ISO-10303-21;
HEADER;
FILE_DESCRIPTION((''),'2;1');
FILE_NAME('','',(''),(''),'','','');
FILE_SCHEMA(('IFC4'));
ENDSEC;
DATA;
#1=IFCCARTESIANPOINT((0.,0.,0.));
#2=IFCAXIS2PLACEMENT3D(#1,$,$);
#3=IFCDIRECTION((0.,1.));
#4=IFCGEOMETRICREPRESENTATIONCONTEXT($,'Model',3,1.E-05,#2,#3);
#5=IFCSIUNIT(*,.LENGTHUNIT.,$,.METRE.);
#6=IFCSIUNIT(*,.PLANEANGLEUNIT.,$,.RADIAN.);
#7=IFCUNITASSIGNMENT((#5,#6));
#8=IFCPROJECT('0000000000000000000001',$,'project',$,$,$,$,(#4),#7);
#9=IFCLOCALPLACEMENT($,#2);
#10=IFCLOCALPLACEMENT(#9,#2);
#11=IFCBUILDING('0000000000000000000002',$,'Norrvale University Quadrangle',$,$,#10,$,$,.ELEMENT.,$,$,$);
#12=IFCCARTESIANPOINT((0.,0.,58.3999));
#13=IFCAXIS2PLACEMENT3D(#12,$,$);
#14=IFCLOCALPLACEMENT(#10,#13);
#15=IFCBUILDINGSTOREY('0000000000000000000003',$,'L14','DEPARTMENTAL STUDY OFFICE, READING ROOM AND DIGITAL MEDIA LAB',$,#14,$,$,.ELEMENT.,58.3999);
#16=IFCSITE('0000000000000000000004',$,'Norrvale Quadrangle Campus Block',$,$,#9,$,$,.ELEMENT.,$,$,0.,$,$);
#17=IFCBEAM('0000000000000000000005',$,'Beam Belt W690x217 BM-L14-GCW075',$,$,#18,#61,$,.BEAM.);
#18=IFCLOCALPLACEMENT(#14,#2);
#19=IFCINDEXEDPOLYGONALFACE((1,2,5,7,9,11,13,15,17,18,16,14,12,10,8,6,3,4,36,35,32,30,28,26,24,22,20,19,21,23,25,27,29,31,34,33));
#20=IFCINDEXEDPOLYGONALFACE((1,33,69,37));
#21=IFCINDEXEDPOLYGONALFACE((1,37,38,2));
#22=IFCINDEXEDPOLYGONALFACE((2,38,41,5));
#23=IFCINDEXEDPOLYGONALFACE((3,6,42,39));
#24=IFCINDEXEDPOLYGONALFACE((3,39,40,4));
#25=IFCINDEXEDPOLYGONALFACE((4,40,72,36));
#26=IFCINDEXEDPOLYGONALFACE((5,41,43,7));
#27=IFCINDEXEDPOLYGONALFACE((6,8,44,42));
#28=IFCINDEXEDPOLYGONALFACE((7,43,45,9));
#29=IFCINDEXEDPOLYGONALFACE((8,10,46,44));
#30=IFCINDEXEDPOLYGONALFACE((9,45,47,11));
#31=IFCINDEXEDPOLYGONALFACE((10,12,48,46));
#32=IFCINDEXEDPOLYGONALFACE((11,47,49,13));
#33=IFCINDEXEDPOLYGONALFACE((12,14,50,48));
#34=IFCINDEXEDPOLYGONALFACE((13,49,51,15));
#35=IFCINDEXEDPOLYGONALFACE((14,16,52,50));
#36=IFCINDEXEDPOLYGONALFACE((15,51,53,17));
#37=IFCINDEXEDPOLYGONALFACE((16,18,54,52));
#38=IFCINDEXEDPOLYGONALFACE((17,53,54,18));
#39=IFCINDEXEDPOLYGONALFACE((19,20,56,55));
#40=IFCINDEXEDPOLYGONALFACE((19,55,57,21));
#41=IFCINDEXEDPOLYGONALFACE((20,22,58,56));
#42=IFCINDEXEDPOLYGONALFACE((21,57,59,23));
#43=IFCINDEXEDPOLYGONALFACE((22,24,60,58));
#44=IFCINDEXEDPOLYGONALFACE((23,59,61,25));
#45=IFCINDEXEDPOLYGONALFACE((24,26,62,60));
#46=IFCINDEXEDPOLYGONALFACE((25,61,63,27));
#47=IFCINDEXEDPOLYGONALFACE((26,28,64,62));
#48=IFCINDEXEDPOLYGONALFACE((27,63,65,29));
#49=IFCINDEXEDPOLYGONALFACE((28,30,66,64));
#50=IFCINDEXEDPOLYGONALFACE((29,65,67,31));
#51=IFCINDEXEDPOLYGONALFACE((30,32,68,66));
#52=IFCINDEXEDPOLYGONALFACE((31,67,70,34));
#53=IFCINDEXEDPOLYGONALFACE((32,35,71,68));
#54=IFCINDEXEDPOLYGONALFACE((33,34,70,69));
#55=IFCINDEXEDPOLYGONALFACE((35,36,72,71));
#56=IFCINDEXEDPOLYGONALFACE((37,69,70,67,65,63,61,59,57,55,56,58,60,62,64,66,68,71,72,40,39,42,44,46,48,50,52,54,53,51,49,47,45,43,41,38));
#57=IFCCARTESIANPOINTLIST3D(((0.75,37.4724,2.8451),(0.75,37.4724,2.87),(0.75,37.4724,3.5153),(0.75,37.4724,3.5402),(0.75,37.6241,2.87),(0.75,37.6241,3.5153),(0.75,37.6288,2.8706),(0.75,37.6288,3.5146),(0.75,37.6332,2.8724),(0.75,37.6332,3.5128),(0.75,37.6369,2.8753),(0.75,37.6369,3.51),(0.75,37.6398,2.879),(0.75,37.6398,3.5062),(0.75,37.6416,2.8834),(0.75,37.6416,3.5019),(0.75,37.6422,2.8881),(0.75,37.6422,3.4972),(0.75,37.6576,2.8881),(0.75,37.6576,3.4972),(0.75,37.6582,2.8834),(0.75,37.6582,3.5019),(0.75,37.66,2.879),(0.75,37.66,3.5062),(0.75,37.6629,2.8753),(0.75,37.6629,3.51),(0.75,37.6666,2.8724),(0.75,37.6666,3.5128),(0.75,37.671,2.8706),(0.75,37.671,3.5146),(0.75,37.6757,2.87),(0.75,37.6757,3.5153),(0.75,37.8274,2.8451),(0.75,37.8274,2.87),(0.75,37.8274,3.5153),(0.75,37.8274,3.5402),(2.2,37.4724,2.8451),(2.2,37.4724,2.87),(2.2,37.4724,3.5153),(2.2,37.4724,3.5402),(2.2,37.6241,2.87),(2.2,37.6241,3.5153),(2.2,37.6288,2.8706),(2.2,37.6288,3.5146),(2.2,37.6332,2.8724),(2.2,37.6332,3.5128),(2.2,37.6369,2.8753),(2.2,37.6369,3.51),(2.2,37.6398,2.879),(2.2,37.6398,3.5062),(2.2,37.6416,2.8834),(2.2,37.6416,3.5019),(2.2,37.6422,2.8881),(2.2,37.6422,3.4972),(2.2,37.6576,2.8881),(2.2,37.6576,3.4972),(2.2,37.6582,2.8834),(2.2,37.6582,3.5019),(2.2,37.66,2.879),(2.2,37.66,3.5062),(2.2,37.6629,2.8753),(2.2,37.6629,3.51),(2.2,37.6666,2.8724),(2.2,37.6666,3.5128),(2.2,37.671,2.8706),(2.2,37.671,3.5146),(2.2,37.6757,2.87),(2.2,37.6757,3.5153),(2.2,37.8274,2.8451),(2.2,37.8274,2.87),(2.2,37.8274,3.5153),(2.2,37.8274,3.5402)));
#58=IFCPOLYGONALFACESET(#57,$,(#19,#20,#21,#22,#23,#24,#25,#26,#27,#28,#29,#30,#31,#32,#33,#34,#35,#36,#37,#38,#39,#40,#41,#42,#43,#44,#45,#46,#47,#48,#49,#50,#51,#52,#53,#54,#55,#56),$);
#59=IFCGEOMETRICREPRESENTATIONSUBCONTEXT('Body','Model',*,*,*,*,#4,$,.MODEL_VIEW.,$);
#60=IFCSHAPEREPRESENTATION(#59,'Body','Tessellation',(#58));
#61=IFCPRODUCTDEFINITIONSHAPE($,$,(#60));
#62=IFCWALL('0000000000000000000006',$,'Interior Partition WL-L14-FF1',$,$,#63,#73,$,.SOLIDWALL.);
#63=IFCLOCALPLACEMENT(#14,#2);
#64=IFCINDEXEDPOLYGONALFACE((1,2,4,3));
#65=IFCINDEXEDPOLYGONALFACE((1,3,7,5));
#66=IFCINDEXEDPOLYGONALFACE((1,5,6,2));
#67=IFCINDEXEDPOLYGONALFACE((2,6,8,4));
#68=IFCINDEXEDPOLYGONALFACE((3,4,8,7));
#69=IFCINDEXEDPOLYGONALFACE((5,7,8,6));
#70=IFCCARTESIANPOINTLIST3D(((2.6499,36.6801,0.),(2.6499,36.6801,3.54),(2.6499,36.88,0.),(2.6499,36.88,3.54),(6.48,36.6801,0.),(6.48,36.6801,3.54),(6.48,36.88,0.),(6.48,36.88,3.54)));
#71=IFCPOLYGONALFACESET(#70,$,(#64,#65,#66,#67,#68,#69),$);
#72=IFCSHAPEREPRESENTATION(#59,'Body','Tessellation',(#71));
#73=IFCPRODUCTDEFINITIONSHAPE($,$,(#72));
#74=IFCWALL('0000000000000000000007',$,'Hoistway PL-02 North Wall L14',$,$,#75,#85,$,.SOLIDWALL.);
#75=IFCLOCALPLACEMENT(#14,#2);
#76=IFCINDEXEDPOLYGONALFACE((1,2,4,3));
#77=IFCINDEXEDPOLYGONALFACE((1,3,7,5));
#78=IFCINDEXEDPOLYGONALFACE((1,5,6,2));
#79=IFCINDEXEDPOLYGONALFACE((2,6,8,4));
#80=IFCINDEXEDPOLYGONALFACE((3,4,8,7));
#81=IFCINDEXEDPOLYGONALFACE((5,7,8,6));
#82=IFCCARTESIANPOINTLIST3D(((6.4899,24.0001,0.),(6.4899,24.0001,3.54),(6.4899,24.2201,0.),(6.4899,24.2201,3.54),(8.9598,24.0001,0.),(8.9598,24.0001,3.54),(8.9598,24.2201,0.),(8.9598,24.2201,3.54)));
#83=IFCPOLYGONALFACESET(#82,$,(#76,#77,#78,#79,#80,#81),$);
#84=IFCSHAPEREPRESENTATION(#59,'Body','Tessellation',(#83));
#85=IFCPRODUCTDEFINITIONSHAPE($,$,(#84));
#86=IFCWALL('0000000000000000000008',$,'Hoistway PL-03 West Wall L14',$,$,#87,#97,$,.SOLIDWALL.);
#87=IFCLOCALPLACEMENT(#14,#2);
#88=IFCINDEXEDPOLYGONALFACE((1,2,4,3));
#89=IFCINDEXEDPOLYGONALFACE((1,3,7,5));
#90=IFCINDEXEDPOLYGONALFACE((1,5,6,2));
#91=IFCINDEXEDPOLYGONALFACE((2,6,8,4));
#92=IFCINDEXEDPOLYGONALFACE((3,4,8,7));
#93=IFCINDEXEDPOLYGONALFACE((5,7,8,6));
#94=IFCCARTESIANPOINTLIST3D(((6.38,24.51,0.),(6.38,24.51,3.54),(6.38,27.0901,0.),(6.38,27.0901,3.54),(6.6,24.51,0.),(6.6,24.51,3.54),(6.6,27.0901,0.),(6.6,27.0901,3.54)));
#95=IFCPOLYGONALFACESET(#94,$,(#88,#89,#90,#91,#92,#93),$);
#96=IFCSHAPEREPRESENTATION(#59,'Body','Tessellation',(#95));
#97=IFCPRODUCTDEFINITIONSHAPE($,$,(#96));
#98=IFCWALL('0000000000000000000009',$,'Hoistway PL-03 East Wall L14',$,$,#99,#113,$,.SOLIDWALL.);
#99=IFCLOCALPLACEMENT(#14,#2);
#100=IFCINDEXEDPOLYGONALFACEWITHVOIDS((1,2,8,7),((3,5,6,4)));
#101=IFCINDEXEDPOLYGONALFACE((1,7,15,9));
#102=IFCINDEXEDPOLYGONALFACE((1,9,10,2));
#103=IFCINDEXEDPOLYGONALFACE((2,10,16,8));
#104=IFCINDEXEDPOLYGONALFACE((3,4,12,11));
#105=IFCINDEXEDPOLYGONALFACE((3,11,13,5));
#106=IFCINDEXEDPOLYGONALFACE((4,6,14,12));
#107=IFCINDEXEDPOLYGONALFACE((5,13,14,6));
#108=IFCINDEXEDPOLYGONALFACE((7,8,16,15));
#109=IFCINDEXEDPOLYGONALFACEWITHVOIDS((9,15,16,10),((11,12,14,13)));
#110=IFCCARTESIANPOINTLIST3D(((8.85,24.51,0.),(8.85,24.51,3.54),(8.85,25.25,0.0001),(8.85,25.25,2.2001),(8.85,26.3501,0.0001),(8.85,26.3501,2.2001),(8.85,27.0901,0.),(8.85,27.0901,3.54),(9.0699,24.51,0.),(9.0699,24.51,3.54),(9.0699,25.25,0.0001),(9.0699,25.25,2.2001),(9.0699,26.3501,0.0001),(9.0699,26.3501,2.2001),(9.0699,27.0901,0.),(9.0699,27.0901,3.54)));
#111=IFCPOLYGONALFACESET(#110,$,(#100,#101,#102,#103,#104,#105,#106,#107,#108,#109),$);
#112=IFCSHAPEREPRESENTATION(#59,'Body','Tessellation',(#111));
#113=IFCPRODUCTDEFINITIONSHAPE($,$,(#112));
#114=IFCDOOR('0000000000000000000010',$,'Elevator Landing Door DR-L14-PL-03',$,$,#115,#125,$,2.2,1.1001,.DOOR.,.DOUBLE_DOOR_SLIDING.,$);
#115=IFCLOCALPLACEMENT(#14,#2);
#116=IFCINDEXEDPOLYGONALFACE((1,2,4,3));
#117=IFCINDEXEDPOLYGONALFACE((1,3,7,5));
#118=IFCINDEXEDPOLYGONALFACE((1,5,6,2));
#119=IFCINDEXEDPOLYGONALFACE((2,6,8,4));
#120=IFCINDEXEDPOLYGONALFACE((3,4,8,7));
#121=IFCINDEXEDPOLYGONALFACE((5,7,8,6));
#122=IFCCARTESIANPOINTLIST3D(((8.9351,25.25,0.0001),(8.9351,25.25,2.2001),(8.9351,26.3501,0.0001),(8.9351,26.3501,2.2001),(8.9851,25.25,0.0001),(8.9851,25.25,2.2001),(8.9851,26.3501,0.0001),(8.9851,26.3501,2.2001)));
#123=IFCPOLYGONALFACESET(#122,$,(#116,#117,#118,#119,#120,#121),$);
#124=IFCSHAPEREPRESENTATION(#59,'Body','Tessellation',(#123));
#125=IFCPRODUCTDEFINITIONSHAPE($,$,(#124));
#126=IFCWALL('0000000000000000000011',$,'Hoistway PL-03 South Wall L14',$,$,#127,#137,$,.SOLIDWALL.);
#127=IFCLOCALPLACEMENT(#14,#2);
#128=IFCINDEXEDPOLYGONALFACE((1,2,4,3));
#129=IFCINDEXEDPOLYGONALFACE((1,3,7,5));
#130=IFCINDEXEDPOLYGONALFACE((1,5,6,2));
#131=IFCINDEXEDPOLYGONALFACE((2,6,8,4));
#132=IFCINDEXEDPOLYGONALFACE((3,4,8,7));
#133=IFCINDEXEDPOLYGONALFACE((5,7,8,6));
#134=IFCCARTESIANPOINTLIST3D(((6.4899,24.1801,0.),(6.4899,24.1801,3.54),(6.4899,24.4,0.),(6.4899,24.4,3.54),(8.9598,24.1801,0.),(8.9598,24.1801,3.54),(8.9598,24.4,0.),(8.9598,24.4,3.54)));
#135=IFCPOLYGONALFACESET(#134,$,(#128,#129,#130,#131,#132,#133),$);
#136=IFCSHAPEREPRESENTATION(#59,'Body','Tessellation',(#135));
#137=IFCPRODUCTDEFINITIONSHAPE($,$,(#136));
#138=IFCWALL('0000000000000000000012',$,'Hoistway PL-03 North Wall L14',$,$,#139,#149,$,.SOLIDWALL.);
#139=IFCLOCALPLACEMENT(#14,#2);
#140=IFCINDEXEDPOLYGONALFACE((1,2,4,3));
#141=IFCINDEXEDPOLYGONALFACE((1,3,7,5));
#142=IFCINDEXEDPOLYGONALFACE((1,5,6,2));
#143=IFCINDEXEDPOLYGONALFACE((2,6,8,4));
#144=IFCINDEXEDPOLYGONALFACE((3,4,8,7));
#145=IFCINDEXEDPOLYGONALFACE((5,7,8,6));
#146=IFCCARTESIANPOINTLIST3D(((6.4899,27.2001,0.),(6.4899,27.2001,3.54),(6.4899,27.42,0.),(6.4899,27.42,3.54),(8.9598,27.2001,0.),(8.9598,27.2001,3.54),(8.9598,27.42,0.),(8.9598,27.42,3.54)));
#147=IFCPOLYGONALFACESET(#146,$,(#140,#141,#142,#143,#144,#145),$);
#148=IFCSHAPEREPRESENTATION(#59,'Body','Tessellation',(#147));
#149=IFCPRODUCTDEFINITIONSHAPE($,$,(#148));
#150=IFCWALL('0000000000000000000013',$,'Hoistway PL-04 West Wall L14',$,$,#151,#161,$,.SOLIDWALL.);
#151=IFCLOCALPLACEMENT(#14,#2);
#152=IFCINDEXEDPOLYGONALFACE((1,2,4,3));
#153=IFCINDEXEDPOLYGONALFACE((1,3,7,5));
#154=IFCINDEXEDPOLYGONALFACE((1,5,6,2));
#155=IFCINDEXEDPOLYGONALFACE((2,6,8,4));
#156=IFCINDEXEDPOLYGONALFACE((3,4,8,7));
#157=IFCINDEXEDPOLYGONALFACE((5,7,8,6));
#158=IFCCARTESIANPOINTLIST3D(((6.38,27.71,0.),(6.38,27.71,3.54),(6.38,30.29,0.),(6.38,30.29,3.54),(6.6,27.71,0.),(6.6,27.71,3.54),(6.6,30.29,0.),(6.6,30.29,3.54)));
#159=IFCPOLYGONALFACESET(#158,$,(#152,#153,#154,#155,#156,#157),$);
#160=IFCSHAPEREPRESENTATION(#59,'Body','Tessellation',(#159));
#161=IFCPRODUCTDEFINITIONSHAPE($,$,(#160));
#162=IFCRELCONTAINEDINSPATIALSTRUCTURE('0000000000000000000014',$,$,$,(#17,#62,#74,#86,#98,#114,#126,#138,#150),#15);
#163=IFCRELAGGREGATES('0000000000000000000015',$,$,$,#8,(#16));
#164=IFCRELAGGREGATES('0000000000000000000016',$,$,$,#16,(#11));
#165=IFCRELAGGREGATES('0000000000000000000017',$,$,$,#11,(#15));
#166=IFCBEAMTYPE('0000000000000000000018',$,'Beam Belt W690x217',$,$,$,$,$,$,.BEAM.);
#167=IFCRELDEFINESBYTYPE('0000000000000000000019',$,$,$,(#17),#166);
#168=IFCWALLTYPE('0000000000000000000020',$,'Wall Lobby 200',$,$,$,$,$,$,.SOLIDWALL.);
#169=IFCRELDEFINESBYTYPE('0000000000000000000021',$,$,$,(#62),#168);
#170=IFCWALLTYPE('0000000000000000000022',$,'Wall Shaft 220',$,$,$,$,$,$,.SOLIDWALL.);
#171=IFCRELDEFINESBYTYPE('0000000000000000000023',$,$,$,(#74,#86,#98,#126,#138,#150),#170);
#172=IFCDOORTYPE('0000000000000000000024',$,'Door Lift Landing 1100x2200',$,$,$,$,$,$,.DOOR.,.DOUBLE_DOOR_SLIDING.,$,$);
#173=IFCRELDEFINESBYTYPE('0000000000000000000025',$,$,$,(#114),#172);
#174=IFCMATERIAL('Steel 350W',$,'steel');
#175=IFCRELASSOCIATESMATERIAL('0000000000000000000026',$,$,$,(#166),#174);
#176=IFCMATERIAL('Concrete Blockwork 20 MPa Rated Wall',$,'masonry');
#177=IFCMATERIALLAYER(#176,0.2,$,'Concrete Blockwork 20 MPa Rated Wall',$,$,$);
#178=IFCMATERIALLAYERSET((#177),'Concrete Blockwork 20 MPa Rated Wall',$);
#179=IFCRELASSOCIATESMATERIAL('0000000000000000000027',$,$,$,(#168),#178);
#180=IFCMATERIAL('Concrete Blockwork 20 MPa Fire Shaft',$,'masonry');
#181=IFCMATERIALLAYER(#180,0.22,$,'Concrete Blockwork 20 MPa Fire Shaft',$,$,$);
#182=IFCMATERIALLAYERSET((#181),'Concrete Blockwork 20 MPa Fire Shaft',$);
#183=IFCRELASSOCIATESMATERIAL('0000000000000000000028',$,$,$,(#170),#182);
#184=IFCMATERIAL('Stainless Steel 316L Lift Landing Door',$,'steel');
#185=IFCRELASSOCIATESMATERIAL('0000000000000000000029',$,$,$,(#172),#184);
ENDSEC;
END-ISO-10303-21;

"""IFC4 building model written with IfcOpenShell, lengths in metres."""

from ifc_helpers import new_model, si_unit, direction, frame, frame_2d, origin, origin_2d, place, context, subcontext, project, spatial, rectangle, i_section, extrude, material, layer, layer_set, material_profile, profile_set, type_object, element, fill, save


model = new_model("IFC4")

# Units and contexts
model_context = context("Model", 3, precision=1e-05, world=origin(), true_north=direction((0.0, 1.0)))
body_context = subcontext(model_context, "Body", "Model", "MODEL_VIEW")
ifc_project = project(units=[si_unit("LENGTHUNIT", "METRE"), si_unit("PLANEANGLEUNIT", "RADIAN")], contexts=[model_context])

# Site, building, storey
site_placement = place(None, origin())
site = spatial("IfcSite", under=ifc_project, at=site_placement, Name="Norrvale Quadrangle Campus Block", CompositionType="ELEMENT", RefElevation=0.0)
building_placement = place(site_placement, origin())
building = spatial("IfcBuilding", under=site, at=building_placement, Name="Norrvale University Quadrangle", CompositionType="ELEMENT")
storey_placement = place(building_placement, frame((0.0, 0.0, 58.3999)))
storey = spatial("IfcBuildingStorey", under=building, at=storey_placement, Name="L14", Description="DEPARTMENTAL STUDY OFFICE, READING ROOM AND DIGITAL MEDIA LAB", CompositionType="ELEMENT", Elevation=58.3999)

# Beam
ifc_material_1 = material(Name="Steel 350W", Category="steel")
ifc_material_profile_1 = material_profile(ifc_material_1, i_section(OverallWidth=0.355, OverallDepth=0.6951, WebThickness=0.0154, FlangeThickness=0.0249, FilletRadius=0.0181, at=origin_2d()), Name="Steel 350W")
ifc_profile_set_1 = profile_set([ifc_material_profile_1], Name="Steel 350W")
beam_type = type_object("IfcBeamType", Name="Beam Belt W690x217", PredefinedType="BEAM", material=ifc_profile_set_1)
for number, where, z_axis, x_axis, name in (
    (1, (0.75, 37.6499, 3.1926), (1.0, 0.0, 0.0), (0.0, 1.0, 0.0), "Beam Belt W690x217 BM-L14-GCW075"),
):
    element("IfcBeam", number, at=place(storey_placement, frame(where, z_axis=z_axis, x_axis=x_axis)), inside=storey, type_object=beam_type, Name=name, PredefinedType="BEAM", context=body_context, shape_type="SweptSolid", body=[
        extrude(i_section(OverallWidth=0.355, OverallDepth=0.6951, WebThickness=0.0154, FlangeThickness=0.0249, FilletRadius=0.0181, at=origin_2d()), origin(), (0.0, 0.0, 1.0), 1.45),
    ])

# Walls
ifc_material_2 = material(Name="Concrete Blockwork 20 MPa Rated Wall", Category="masonry")
ifc_layer_1 = layer(ifc_material_2, 0.2, Name="Concrete Blockwork 20 MPa Rated Wall")
ifc_layer_set_1 = layer_set([ifc_layer_1], Name="Concrete Blockwork 20 MPa Rated Wall")
wall_type_1 = type_object("IfcWallType", Name="Wall Lobby 200", PredefinedType="SOLIDWALL", material=ifc_layer_set_1)
wall_1_placement = place(storey_placement, frame((2.6499, 36.78, 0.0), z_axis=(0.0, 0.0, 1.0), x_axis=(1.0, 0.0, 0.0)))
element("IfcWall", 2, at=wall_1_placement, inside=storey, type_object=wall_type_1, Name="Interior Partition WL-L14-FF1", PredefinedType="SOLIDWALL", context=body_context, shape_type="SweptSolid", body=[
    extrude(rectangle(XDim=3.8301, YDim=0.2, at=frame_2d((1.915, 0.0))), origin(), (0.0, 0.0, 1.0), 3.54),
])
ifc_material_3 = material(Name="Concrete Blockwork 20 MPa Fire Shaft", Category="masonry")
ifc_layer_2 = layer(ifc_material_3, 0.22, Name="Concrete Blockwork 20 MPa Fire Shaft")
ifc_layer_set_2 = layer_set([ifc_layer_2], Name="Concrete Blockwork 20 MPa Fire Shaft")
wall_type_2 = type_object("IfcWallType", Name="Wall Shaft 220", PredefinedType="SOLIDWALL", material=ifc_layer_set_2)
wall_2_placement = place(storey_placement, frame((6.49, 24.1101, 0.0), z_axis=(0.0, 0.0, 1.0), x_axis=(1.0, 0.0, 0.0)))
element("IfcWall", 3, at=wall_2_placement, inside=storey, type_object=wall_type_2, Name="Hoistway PL-02 North Wall L14", PredefinedType="SOLIDWALL", context=body_context, shape_type="SweptSolid", body=[
    extrude(rectangle(XDim=2.47, YDim=0.22, at=frame_2d((1.2349, 0.0))), origin(), (0.0, 0.0, 1.0), 3.54),
])
wall_3_placement = place(storey_placement, frame((6.49, 24.51, 0.0), z_axis=(0.0, 0.0, 1.0), x_axis=(0.0, 1.0, 0.0)))
element("IfcWall", 4, at=wall_3_placement, inside=storey, type_object=wall_type_2, Name="Hoistway PL-03 West Wall L14", PredefinedType="SOLIDWALL", context=body_context, shape_type="SweptSolid", body=[
    extrude(rectangle(XDim=2.5801, YDim=0.22, at=frame_2d((1.29, 0.0))), origin(), (0.0, 0.0, 1.0), 3.54),
])

# Wall, opening, door
wall_4_placement = place(storey_placement, frame((8.96, 24.51, 0.0), z_axis=(0.0, 0.0, 1.0), x_axis=(0.0, 1.0, 0.0)))
wall_4 = element("IfcWall", 5, at=wall_4_placement, inside=storey, type_object=wall_type_2, Name="Hoistway PL-03 East Wall L14", PredefinedType="SOLIDWALL", context=body_context, shape_type="SweptSolid", body=[
    extrude(rectangle(XDim=2.5801, YDim=0.22, at=frame_2d((1.29, 0.0))), origin(), (0.0, 0.0, 1.0), 3.54),
])
opening_1_placement = place(wall_4_placement, frame((0.74, 0.0, 0.0)))
opening_1 = element("IfcOpeningElement", 6, at=opening_1_placement, cuts=wall_4, PredefinedType="OPENING", context=body_context, shape_type="SweptSolid", body=[
    extrude(rectangle(XDim=1.1001, YDim=2.2, at=frame_2d((0.55, 1.1001))), frame((0.0, 0.1221, 0.0), z_axis=(0.0, -1.0, 0.0), x_axis=(1.0, 0.0, 0.0)), (0.0, 0.0, 1.0), 0.2439),
])
ifc_material_4 = material(Name="Stainless Steel 316L Lift Landing Door", Category="steel")
door_type_1 = type_object("IfcDoorType", Name="Door Lift Landing 1100x2200", OperationType="DOUBLE_DOOR_SLIDING", PredefinedType="DOOR", material=ifc_material_4)
door_1_placement = place(opening_1_placement, origin())
door_1 = element("IfcDoor", 7, at=door_1_placement, inside=storey, type_object=door_type_1, Name="Elevator Landing Door DR-L14-PL-03", OperationType="DOUBLE_DOOR_SLIDING", OverallHeight=2.2, OverallWidth=1.1001, PredefinedType="DOOR", context=body_context, shape_type="SweptSolid", body=[
    extrude(rectangle(XDim=1.1001, YDim=2.2, at=frame_2d((0.55, 1.1001))), frame((0.0, 0.0249, 0.0), z_axis=(0.0, -1.0, 0.0), x_axis=(1.0, 0.0, 0.0)), (0.0, 0.0, 1.0), 0.05),
])
fill(opening_1, door_1)

# Walls
for number, where, z_axis, x_axis, name in (
    (8, (6.49, 24.29, 0.0), (0.0, 0.0, 1.0), (1.0, 0.0, 0.0), "Hoistway PL-03 South Wall L14"),
    (9, (6.49, 27.3101, 0.0), (0.0, 0.0, 1.0), (1.0, 0.0, 0.0), "Hoistway PL-03 North Wall L14"),
):
    element("IfcWall", number, at=place(storey_placement, frame(where, z_axis=z_axis, x_axis=x_axis)), inside=storey, type_object=wall_type_2, Name=name, PredefinedType="SOLIDWALL", context=body_context, shape_type="SweptSolid", body=[
        extrude(rectangle(XDim=2.47, YDim=0.22, at=frame_2d((1.2349, 0.0))), origin(), (0.0, 0.0, 1.0), 3.54),
    ])
wall_5_placement = place(storey_placement, frame((6.49, 27.71, 0.0), z_axis=(0.0, 0.0, 1.0), x_axis=(0.0, 1.0, 0.0)))
element("IfcWall", 10, at=wall_5_placement, inside=storey, type_object=wall_type_2, Name="Hoistway PL-04 West Wall L14", PredefinedType="SOLIDWALL", context=body_context, shape_type="SweptSolid", body=[
    extrude(rectangle(XDim=2.5801, YDim=0.22, at=frame_2d((1.29, 0.0))), origin(), (0.0, 0.0, 1.0), 3.54),
])

save(model, "model.ifc")
